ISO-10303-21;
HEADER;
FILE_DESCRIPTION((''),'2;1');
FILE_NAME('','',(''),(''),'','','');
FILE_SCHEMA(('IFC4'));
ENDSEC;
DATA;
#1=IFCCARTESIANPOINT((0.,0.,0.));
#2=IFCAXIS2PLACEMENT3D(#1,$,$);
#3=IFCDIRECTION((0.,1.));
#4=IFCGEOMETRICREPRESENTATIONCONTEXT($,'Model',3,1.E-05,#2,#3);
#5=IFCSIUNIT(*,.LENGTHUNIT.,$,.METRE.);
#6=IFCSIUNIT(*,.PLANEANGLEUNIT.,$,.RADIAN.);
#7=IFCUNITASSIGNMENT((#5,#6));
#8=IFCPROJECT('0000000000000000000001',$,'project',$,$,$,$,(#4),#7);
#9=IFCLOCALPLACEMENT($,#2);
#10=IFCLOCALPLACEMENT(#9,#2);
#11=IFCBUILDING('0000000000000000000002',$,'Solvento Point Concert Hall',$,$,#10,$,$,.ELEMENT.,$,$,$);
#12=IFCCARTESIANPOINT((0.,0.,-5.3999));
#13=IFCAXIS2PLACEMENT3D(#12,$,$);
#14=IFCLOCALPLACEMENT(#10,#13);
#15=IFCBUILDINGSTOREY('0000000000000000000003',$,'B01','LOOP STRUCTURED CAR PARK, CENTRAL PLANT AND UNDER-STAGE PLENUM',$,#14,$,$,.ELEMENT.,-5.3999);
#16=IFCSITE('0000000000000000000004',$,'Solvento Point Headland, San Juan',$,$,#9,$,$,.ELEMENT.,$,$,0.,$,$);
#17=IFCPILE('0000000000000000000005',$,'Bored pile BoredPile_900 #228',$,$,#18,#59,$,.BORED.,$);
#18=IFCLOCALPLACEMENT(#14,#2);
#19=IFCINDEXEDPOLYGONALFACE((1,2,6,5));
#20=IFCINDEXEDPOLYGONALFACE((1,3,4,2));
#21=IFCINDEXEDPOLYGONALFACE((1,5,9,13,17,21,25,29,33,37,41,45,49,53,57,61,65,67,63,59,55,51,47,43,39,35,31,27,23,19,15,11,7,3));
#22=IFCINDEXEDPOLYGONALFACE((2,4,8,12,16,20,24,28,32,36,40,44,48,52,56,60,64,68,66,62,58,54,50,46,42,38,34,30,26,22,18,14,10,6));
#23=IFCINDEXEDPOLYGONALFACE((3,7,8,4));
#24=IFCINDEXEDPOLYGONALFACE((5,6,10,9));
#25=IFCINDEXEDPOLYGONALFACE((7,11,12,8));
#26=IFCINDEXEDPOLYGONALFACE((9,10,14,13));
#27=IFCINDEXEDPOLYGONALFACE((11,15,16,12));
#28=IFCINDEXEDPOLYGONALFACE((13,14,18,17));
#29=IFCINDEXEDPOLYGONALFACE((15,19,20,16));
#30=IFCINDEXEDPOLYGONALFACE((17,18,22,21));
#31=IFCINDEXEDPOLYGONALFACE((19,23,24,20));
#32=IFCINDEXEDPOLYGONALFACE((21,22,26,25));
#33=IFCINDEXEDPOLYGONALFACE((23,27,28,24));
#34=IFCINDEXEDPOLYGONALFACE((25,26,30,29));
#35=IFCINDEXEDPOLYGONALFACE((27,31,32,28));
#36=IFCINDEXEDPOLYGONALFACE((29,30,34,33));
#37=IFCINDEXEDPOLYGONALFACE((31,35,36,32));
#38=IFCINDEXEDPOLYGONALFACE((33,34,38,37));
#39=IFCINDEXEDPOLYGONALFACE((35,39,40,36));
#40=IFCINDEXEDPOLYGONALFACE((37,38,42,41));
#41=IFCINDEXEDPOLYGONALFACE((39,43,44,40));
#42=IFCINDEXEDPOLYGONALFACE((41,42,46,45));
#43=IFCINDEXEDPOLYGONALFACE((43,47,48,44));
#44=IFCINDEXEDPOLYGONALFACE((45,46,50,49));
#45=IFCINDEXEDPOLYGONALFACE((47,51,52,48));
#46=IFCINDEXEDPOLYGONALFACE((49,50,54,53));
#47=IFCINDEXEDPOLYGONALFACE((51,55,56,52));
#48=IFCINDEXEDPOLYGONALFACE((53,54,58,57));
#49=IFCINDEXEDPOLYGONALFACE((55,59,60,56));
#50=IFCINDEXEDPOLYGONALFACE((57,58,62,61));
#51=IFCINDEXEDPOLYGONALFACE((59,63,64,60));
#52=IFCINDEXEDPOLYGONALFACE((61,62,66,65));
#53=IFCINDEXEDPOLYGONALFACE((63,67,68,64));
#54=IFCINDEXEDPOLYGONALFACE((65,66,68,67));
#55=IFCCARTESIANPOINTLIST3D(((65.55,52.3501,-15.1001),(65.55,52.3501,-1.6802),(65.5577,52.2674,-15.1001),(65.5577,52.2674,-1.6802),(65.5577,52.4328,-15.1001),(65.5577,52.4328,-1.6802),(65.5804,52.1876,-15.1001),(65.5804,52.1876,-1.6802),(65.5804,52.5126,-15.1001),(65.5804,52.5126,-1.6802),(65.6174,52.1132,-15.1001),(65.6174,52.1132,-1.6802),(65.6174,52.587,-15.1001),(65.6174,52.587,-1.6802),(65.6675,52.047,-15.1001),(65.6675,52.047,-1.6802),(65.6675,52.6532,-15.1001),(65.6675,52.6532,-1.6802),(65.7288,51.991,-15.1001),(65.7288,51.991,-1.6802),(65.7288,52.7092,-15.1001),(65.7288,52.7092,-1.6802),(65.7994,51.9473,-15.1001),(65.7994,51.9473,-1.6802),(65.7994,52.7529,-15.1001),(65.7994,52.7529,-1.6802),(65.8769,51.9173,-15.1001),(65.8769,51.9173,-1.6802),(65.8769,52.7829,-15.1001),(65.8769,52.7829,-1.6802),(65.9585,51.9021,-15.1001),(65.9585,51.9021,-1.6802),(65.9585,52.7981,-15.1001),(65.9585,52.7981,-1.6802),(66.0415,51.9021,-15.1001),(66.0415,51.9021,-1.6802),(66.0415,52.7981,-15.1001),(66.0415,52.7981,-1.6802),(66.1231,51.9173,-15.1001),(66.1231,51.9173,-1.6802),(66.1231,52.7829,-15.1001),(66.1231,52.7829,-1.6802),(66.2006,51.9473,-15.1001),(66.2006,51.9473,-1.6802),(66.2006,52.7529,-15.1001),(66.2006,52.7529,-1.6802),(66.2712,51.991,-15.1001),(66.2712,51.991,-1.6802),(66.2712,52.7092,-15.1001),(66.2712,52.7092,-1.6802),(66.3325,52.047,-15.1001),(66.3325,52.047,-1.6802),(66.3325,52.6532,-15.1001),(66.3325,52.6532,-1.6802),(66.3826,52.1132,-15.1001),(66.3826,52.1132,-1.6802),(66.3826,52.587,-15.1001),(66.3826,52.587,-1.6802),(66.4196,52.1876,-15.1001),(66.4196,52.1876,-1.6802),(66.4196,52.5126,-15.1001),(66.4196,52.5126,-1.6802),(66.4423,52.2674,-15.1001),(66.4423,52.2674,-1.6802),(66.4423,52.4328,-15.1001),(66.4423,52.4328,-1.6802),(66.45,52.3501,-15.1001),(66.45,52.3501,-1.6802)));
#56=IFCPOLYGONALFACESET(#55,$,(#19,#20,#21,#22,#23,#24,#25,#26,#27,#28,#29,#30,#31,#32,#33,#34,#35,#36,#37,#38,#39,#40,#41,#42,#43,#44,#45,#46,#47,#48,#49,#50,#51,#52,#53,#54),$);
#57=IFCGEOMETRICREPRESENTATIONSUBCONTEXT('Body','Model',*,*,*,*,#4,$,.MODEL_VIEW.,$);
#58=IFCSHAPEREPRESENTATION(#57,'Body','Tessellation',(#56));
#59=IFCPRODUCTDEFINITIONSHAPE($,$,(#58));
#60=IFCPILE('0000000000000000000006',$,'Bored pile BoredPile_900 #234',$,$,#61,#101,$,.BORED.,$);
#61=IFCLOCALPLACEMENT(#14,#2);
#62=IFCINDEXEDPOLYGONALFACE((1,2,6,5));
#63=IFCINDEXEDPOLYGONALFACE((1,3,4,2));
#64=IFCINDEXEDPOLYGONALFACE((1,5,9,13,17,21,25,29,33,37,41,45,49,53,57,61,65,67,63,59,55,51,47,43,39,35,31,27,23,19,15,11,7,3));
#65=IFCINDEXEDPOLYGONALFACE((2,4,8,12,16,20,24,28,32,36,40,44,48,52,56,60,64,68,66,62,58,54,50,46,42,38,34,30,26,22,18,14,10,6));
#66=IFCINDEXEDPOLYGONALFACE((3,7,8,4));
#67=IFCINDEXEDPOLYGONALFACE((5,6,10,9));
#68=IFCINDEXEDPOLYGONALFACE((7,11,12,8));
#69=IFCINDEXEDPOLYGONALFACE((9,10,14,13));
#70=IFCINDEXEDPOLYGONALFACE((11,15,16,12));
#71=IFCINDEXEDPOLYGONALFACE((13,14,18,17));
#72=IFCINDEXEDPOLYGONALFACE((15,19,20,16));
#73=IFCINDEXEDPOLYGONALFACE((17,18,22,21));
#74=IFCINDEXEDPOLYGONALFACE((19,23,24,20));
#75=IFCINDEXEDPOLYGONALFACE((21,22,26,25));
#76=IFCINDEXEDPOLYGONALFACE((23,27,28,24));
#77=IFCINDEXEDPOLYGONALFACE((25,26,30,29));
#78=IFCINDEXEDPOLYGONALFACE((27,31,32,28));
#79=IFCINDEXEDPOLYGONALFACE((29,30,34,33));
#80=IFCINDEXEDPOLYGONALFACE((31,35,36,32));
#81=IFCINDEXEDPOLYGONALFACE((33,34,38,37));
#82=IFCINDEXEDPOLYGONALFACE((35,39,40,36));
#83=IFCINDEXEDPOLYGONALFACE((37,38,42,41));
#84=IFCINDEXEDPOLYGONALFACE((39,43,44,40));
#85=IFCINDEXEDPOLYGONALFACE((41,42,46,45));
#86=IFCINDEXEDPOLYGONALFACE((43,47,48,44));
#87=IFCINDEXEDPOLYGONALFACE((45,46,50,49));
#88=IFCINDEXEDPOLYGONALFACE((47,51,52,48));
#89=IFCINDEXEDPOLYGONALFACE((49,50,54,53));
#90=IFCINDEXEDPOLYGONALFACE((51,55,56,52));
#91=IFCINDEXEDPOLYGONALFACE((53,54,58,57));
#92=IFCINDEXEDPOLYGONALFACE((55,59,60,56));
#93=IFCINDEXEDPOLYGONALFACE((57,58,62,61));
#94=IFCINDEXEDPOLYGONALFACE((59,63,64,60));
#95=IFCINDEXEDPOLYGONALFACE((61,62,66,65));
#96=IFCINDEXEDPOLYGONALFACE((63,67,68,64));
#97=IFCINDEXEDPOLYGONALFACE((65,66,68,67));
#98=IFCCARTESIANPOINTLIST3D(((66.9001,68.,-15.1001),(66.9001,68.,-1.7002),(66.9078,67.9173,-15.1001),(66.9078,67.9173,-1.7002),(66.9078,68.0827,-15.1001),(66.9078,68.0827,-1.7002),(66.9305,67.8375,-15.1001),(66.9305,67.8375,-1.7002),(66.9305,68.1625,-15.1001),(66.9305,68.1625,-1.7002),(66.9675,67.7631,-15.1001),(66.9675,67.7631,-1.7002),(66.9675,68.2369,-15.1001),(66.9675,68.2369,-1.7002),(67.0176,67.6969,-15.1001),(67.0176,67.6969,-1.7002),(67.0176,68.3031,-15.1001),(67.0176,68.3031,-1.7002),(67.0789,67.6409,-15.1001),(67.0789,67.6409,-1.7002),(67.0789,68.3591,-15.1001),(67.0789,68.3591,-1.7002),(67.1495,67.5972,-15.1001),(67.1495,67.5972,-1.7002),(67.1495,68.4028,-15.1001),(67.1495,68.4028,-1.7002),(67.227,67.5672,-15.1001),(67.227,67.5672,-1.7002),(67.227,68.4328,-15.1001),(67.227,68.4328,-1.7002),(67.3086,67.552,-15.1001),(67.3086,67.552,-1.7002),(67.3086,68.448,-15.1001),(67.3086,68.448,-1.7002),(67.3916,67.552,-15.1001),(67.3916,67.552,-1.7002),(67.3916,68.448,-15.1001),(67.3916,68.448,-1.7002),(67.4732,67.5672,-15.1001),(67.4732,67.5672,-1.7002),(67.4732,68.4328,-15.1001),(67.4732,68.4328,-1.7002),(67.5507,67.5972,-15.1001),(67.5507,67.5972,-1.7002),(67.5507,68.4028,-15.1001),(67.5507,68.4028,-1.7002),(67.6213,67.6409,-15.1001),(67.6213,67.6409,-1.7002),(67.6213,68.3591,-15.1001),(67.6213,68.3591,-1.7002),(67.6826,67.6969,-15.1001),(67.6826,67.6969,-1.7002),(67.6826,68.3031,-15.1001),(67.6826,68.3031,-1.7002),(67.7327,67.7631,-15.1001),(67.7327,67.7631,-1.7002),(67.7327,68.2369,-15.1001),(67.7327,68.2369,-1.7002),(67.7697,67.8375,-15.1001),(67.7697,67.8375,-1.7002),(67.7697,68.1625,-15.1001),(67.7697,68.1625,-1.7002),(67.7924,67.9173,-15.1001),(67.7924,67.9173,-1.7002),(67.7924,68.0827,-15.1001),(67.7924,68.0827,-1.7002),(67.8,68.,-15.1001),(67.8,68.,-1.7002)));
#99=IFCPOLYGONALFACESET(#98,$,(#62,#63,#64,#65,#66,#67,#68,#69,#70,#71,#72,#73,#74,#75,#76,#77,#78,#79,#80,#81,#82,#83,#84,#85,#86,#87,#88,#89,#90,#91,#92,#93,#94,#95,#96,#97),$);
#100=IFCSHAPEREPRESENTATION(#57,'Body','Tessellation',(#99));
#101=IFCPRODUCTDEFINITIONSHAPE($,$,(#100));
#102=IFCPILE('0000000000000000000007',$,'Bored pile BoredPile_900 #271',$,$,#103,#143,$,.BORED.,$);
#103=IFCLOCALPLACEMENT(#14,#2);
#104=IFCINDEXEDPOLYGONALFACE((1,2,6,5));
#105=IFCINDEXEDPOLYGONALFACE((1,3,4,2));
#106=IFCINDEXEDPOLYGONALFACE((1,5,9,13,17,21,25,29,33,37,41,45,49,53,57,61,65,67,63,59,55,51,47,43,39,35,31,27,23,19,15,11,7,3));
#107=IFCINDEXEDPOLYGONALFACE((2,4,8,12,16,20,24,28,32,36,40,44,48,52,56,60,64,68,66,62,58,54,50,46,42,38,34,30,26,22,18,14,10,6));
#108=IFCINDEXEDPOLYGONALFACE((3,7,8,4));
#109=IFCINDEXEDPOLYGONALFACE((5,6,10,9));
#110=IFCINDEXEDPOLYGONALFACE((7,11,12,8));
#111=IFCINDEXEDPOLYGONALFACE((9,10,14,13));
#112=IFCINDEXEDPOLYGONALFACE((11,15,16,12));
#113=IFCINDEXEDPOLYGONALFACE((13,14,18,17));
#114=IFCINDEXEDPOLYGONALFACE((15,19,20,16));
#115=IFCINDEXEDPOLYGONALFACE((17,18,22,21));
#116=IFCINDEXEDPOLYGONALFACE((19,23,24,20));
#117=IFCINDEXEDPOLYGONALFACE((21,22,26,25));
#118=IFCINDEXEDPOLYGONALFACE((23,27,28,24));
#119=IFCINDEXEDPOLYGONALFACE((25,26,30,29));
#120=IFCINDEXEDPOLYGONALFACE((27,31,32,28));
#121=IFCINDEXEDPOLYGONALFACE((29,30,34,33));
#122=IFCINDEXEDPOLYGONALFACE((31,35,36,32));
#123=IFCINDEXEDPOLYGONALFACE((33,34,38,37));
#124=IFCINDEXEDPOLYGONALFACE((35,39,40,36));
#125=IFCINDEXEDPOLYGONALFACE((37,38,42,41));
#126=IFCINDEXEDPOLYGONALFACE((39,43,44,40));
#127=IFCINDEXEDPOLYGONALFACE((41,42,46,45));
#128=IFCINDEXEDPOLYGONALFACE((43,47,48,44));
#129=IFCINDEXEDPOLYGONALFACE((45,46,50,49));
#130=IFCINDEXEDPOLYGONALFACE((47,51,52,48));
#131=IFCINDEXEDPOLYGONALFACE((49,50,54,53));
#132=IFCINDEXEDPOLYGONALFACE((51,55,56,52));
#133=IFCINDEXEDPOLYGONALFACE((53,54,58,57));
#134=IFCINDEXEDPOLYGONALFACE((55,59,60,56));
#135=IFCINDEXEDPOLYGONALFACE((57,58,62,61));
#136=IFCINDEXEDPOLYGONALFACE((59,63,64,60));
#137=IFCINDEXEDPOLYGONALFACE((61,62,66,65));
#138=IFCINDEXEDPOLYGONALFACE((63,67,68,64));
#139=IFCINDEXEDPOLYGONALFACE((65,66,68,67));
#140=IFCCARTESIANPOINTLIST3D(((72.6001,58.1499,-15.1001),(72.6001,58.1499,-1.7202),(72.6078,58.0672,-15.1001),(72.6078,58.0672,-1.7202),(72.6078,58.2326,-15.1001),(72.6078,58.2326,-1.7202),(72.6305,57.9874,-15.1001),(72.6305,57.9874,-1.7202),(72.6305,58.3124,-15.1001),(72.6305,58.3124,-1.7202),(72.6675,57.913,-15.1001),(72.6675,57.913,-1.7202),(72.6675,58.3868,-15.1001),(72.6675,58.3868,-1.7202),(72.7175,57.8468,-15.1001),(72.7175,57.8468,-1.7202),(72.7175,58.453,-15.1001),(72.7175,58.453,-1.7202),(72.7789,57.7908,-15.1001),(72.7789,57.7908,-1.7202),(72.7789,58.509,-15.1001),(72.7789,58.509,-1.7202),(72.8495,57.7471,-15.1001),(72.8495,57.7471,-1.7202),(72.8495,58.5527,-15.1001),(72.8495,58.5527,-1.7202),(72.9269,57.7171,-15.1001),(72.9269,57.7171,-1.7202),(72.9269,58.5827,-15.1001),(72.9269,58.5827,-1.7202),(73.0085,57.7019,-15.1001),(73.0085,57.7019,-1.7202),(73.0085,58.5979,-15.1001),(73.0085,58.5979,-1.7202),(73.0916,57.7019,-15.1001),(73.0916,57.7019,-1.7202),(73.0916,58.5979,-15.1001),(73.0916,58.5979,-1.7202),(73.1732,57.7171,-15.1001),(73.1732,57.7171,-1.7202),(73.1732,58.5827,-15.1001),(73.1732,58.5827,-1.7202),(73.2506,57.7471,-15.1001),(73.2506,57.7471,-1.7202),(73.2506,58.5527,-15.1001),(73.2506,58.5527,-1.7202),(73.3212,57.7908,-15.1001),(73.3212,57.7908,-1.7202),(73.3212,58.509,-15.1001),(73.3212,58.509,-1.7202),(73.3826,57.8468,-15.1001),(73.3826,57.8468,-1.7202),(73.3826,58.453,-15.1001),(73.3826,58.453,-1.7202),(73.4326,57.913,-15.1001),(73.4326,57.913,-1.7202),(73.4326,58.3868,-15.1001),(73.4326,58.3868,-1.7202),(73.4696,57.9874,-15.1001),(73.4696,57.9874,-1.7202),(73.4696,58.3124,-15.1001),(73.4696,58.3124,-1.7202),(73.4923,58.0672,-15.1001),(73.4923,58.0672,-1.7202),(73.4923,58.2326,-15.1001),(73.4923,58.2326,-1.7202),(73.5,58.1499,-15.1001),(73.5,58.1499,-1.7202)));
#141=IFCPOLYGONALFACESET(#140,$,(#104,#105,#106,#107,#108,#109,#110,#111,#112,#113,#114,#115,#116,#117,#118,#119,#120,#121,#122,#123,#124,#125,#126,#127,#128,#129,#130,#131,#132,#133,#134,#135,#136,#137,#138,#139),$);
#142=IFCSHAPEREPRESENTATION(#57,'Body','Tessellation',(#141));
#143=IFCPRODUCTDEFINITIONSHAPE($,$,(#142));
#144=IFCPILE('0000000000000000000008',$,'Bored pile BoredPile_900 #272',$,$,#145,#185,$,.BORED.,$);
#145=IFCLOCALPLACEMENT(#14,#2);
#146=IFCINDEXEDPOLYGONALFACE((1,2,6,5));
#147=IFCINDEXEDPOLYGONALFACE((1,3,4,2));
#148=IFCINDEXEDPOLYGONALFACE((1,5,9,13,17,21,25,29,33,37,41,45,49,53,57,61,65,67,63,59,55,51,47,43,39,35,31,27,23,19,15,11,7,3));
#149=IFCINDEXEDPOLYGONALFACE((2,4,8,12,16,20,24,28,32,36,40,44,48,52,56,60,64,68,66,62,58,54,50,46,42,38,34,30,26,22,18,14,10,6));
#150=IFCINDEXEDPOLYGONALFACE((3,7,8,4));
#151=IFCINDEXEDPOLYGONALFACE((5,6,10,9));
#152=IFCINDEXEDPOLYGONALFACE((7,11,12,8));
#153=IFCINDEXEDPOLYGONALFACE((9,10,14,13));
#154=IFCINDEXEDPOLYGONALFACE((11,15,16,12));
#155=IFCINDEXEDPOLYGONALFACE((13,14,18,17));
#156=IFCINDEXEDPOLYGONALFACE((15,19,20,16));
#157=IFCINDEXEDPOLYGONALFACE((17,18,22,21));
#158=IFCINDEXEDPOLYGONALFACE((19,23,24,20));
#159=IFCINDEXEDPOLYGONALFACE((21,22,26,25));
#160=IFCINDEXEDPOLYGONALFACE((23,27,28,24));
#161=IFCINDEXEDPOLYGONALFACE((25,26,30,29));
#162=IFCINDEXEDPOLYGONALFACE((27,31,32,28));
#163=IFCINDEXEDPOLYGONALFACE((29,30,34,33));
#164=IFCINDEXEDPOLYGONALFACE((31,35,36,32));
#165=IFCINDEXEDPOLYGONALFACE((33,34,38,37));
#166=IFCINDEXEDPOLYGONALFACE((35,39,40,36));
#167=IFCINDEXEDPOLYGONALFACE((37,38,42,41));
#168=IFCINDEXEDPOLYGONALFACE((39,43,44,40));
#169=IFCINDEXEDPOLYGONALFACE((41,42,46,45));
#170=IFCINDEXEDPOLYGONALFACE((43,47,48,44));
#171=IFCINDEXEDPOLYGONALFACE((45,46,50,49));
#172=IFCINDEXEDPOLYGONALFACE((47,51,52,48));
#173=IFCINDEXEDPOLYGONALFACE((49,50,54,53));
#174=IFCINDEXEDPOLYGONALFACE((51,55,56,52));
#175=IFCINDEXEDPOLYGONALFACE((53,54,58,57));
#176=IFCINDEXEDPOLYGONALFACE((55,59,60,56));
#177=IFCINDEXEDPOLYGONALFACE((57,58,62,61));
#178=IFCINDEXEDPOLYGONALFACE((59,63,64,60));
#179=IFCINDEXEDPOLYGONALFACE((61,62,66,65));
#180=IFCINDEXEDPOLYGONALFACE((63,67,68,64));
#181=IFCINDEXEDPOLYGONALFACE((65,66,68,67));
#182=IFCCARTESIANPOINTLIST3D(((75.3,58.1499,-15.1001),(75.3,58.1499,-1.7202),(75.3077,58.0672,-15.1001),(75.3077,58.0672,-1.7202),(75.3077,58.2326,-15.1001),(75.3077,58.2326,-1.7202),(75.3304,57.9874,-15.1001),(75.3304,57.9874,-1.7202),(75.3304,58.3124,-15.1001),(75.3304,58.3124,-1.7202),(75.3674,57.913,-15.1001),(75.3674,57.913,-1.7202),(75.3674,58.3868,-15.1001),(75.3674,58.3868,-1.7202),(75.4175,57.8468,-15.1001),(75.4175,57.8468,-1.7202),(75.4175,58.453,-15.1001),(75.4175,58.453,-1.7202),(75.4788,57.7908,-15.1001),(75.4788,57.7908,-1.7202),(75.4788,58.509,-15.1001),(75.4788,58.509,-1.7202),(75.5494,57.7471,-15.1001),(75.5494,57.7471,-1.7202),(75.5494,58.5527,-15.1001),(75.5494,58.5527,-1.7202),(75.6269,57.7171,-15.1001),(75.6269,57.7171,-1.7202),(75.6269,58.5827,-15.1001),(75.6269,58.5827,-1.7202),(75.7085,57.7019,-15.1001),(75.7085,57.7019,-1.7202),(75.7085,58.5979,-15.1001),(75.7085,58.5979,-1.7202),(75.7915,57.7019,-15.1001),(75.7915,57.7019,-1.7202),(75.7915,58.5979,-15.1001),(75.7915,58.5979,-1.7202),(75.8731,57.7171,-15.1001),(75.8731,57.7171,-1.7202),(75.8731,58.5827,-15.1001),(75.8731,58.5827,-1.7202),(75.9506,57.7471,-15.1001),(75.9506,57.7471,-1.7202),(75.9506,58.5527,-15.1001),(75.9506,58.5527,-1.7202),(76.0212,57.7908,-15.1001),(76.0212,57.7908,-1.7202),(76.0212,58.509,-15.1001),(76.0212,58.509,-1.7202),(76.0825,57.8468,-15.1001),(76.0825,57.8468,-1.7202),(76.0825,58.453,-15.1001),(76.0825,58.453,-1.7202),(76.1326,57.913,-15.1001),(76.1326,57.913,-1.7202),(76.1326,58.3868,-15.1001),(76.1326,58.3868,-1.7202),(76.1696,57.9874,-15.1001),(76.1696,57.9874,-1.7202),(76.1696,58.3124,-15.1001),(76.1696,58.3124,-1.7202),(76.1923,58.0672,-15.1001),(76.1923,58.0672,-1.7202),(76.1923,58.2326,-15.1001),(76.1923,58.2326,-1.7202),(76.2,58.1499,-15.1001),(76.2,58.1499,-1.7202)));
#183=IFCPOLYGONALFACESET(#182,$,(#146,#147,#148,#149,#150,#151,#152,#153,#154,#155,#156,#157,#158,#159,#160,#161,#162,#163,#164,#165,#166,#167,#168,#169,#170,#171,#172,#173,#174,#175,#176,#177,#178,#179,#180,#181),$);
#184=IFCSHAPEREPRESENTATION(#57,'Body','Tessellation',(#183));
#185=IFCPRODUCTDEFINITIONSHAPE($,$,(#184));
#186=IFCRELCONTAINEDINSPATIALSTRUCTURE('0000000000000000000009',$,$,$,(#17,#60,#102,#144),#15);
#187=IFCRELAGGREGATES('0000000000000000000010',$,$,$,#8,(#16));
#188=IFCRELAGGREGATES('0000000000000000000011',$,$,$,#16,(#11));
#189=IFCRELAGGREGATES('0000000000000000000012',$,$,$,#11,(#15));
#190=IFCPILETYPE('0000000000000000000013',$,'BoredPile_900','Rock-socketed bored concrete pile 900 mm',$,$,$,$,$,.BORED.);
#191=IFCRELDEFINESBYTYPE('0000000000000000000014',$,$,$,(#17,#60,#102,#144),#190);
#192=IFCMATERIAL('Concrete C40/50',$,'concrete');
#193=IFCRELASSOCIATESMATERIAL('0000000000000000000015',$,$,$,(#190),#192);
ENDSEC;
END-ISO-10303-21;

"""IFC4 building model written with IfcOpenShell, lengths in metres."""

from ifc_helpers import new_model, si_unit, direction, frame, origin, origin_2d, place, context, subcontext, project, spatial, circle, extrude, material, material_profile, profile_set, type_object, element, save


model = new_model("IFC4")

# Units and contexts
model_context = context("Model", 3, precision=1e-05, world=origin(), true_north=direction((0.0, 1.0)))
body_context = subcontext(model_context, "Body", "Model", "MODEL_VIEW")
ifc_project = project(units=[si_unit("LENGTHUNIT", "METRE"), si_unit("PLANEANGLEUNIT", "RADIAN")], contexts=[model_context])

# Site, building, storey
site_placement = place(None, origin())
site = spatial("IfcSite", under=ifc_project, at=site_placement, Name="Solvento Point Headland, San Juan", CompositionType="ELEMENT", RefElevation=0.0)
building_placement = place(site_placement, origin())
building = spatial("IfcBuilding", under=site, at=building_placement, Name="Solvento Point Concert Hall", CompositionType="ELEMENT")
storey_placement = place(building_placement, frame((0.0, 0.0, -5.3999)))
storey = spatial("IfcBuildingStorey", under=building, at=storey_placement, Name="B01", Description="LOOP STRUCTURED CAR PARK, CENTRAL PLANT AND UNDER-STAGE PLENUM", CompositionType="ELEMENT", Elevation=-5.3999)

# Piles
ifc_material_1 = material(Name="Concrete C40/50", Category="concrete")
ifc_material_profile_1 = material_profile(ifc_material_1, circle(Radius=0.45, at=origin_2d()), Name="BP-900")
ifc_profile_set_1 = profile_set([ifc_material_profile_1], Name="Concrete C40/50")
pile_type_1 = type_object("IfcPileType", Name="BoredPile_900", Description="Rock-socketed bored concrete pile 900 mm", PredefinedType="BORED", material=ifc_profile_set_1)
pile_1_placement = place(storey_placement, frame((66.0, 52.3501, -1.6802), z_axis=(0.0, 0.0, -1.0), x_axis=(1.0, 0.0, 0.0)))
element("IfcPile", 1, at=pile_1_placement, inside=storey, type_object=pile_type_1, Name="Bored pile BoredPile_900 #228", PredefinedType="BORED", context=body_context, shape_type="SweptSolid", body=[
    extrude(circle(Radius=0.45, at=origin_2d()), origin(), (0.0, 0.0, 1.0), 13.4199),
])
pile_2_placement = place(storey_placement, frame((67.3501, 68.0, -1.7002), z_axis=(0.0, 0.0, -1.0), x_axis=(1.0, 0.0, 0.0)))
element("IfcPile", 2, at=pile_2_placement, inside=storey, type_object=pile_type_1, Name="Bored pile BoredPile_900 #234", PredefinedType="BORED", context=body_context, shape_type="SweptSolid", body=[
    extrude(circle(Radius=0.45, at=origin_2d()), origin(), (0.0, 0.0, 1.0), 13.3999),
])
for number, where, z_axis, x_axis, name in (
    (3, (73.05, 58.1499, -1.7202), (0.0, 0.0, -1.0), (1.0, 0.0, 0.0), "Bored pile BoredPile_900 #271"),
    (4, (75.75, 58.1499, -1.7202), (0.0, 0.0, -1.0), (1.0, 0.0, 0.0), "Bored pile BoredPile_900 #272"),
):
    element("IfcPile", number, at=place(storey_placement, frame(where, z_axis=z_axis, x_axis=x_axis)), inside=storey, type_object=pile_type_1, Name=name, PredefinedType="BORED", context=body_context, shape_type="SweptSolid", body=[
        extrude(circle(Radius=0.45, at=origin_2d()), origin(), (0.0, 0.0, 1.0), 13.3799),
    ])

save(model, "model.ifc")
